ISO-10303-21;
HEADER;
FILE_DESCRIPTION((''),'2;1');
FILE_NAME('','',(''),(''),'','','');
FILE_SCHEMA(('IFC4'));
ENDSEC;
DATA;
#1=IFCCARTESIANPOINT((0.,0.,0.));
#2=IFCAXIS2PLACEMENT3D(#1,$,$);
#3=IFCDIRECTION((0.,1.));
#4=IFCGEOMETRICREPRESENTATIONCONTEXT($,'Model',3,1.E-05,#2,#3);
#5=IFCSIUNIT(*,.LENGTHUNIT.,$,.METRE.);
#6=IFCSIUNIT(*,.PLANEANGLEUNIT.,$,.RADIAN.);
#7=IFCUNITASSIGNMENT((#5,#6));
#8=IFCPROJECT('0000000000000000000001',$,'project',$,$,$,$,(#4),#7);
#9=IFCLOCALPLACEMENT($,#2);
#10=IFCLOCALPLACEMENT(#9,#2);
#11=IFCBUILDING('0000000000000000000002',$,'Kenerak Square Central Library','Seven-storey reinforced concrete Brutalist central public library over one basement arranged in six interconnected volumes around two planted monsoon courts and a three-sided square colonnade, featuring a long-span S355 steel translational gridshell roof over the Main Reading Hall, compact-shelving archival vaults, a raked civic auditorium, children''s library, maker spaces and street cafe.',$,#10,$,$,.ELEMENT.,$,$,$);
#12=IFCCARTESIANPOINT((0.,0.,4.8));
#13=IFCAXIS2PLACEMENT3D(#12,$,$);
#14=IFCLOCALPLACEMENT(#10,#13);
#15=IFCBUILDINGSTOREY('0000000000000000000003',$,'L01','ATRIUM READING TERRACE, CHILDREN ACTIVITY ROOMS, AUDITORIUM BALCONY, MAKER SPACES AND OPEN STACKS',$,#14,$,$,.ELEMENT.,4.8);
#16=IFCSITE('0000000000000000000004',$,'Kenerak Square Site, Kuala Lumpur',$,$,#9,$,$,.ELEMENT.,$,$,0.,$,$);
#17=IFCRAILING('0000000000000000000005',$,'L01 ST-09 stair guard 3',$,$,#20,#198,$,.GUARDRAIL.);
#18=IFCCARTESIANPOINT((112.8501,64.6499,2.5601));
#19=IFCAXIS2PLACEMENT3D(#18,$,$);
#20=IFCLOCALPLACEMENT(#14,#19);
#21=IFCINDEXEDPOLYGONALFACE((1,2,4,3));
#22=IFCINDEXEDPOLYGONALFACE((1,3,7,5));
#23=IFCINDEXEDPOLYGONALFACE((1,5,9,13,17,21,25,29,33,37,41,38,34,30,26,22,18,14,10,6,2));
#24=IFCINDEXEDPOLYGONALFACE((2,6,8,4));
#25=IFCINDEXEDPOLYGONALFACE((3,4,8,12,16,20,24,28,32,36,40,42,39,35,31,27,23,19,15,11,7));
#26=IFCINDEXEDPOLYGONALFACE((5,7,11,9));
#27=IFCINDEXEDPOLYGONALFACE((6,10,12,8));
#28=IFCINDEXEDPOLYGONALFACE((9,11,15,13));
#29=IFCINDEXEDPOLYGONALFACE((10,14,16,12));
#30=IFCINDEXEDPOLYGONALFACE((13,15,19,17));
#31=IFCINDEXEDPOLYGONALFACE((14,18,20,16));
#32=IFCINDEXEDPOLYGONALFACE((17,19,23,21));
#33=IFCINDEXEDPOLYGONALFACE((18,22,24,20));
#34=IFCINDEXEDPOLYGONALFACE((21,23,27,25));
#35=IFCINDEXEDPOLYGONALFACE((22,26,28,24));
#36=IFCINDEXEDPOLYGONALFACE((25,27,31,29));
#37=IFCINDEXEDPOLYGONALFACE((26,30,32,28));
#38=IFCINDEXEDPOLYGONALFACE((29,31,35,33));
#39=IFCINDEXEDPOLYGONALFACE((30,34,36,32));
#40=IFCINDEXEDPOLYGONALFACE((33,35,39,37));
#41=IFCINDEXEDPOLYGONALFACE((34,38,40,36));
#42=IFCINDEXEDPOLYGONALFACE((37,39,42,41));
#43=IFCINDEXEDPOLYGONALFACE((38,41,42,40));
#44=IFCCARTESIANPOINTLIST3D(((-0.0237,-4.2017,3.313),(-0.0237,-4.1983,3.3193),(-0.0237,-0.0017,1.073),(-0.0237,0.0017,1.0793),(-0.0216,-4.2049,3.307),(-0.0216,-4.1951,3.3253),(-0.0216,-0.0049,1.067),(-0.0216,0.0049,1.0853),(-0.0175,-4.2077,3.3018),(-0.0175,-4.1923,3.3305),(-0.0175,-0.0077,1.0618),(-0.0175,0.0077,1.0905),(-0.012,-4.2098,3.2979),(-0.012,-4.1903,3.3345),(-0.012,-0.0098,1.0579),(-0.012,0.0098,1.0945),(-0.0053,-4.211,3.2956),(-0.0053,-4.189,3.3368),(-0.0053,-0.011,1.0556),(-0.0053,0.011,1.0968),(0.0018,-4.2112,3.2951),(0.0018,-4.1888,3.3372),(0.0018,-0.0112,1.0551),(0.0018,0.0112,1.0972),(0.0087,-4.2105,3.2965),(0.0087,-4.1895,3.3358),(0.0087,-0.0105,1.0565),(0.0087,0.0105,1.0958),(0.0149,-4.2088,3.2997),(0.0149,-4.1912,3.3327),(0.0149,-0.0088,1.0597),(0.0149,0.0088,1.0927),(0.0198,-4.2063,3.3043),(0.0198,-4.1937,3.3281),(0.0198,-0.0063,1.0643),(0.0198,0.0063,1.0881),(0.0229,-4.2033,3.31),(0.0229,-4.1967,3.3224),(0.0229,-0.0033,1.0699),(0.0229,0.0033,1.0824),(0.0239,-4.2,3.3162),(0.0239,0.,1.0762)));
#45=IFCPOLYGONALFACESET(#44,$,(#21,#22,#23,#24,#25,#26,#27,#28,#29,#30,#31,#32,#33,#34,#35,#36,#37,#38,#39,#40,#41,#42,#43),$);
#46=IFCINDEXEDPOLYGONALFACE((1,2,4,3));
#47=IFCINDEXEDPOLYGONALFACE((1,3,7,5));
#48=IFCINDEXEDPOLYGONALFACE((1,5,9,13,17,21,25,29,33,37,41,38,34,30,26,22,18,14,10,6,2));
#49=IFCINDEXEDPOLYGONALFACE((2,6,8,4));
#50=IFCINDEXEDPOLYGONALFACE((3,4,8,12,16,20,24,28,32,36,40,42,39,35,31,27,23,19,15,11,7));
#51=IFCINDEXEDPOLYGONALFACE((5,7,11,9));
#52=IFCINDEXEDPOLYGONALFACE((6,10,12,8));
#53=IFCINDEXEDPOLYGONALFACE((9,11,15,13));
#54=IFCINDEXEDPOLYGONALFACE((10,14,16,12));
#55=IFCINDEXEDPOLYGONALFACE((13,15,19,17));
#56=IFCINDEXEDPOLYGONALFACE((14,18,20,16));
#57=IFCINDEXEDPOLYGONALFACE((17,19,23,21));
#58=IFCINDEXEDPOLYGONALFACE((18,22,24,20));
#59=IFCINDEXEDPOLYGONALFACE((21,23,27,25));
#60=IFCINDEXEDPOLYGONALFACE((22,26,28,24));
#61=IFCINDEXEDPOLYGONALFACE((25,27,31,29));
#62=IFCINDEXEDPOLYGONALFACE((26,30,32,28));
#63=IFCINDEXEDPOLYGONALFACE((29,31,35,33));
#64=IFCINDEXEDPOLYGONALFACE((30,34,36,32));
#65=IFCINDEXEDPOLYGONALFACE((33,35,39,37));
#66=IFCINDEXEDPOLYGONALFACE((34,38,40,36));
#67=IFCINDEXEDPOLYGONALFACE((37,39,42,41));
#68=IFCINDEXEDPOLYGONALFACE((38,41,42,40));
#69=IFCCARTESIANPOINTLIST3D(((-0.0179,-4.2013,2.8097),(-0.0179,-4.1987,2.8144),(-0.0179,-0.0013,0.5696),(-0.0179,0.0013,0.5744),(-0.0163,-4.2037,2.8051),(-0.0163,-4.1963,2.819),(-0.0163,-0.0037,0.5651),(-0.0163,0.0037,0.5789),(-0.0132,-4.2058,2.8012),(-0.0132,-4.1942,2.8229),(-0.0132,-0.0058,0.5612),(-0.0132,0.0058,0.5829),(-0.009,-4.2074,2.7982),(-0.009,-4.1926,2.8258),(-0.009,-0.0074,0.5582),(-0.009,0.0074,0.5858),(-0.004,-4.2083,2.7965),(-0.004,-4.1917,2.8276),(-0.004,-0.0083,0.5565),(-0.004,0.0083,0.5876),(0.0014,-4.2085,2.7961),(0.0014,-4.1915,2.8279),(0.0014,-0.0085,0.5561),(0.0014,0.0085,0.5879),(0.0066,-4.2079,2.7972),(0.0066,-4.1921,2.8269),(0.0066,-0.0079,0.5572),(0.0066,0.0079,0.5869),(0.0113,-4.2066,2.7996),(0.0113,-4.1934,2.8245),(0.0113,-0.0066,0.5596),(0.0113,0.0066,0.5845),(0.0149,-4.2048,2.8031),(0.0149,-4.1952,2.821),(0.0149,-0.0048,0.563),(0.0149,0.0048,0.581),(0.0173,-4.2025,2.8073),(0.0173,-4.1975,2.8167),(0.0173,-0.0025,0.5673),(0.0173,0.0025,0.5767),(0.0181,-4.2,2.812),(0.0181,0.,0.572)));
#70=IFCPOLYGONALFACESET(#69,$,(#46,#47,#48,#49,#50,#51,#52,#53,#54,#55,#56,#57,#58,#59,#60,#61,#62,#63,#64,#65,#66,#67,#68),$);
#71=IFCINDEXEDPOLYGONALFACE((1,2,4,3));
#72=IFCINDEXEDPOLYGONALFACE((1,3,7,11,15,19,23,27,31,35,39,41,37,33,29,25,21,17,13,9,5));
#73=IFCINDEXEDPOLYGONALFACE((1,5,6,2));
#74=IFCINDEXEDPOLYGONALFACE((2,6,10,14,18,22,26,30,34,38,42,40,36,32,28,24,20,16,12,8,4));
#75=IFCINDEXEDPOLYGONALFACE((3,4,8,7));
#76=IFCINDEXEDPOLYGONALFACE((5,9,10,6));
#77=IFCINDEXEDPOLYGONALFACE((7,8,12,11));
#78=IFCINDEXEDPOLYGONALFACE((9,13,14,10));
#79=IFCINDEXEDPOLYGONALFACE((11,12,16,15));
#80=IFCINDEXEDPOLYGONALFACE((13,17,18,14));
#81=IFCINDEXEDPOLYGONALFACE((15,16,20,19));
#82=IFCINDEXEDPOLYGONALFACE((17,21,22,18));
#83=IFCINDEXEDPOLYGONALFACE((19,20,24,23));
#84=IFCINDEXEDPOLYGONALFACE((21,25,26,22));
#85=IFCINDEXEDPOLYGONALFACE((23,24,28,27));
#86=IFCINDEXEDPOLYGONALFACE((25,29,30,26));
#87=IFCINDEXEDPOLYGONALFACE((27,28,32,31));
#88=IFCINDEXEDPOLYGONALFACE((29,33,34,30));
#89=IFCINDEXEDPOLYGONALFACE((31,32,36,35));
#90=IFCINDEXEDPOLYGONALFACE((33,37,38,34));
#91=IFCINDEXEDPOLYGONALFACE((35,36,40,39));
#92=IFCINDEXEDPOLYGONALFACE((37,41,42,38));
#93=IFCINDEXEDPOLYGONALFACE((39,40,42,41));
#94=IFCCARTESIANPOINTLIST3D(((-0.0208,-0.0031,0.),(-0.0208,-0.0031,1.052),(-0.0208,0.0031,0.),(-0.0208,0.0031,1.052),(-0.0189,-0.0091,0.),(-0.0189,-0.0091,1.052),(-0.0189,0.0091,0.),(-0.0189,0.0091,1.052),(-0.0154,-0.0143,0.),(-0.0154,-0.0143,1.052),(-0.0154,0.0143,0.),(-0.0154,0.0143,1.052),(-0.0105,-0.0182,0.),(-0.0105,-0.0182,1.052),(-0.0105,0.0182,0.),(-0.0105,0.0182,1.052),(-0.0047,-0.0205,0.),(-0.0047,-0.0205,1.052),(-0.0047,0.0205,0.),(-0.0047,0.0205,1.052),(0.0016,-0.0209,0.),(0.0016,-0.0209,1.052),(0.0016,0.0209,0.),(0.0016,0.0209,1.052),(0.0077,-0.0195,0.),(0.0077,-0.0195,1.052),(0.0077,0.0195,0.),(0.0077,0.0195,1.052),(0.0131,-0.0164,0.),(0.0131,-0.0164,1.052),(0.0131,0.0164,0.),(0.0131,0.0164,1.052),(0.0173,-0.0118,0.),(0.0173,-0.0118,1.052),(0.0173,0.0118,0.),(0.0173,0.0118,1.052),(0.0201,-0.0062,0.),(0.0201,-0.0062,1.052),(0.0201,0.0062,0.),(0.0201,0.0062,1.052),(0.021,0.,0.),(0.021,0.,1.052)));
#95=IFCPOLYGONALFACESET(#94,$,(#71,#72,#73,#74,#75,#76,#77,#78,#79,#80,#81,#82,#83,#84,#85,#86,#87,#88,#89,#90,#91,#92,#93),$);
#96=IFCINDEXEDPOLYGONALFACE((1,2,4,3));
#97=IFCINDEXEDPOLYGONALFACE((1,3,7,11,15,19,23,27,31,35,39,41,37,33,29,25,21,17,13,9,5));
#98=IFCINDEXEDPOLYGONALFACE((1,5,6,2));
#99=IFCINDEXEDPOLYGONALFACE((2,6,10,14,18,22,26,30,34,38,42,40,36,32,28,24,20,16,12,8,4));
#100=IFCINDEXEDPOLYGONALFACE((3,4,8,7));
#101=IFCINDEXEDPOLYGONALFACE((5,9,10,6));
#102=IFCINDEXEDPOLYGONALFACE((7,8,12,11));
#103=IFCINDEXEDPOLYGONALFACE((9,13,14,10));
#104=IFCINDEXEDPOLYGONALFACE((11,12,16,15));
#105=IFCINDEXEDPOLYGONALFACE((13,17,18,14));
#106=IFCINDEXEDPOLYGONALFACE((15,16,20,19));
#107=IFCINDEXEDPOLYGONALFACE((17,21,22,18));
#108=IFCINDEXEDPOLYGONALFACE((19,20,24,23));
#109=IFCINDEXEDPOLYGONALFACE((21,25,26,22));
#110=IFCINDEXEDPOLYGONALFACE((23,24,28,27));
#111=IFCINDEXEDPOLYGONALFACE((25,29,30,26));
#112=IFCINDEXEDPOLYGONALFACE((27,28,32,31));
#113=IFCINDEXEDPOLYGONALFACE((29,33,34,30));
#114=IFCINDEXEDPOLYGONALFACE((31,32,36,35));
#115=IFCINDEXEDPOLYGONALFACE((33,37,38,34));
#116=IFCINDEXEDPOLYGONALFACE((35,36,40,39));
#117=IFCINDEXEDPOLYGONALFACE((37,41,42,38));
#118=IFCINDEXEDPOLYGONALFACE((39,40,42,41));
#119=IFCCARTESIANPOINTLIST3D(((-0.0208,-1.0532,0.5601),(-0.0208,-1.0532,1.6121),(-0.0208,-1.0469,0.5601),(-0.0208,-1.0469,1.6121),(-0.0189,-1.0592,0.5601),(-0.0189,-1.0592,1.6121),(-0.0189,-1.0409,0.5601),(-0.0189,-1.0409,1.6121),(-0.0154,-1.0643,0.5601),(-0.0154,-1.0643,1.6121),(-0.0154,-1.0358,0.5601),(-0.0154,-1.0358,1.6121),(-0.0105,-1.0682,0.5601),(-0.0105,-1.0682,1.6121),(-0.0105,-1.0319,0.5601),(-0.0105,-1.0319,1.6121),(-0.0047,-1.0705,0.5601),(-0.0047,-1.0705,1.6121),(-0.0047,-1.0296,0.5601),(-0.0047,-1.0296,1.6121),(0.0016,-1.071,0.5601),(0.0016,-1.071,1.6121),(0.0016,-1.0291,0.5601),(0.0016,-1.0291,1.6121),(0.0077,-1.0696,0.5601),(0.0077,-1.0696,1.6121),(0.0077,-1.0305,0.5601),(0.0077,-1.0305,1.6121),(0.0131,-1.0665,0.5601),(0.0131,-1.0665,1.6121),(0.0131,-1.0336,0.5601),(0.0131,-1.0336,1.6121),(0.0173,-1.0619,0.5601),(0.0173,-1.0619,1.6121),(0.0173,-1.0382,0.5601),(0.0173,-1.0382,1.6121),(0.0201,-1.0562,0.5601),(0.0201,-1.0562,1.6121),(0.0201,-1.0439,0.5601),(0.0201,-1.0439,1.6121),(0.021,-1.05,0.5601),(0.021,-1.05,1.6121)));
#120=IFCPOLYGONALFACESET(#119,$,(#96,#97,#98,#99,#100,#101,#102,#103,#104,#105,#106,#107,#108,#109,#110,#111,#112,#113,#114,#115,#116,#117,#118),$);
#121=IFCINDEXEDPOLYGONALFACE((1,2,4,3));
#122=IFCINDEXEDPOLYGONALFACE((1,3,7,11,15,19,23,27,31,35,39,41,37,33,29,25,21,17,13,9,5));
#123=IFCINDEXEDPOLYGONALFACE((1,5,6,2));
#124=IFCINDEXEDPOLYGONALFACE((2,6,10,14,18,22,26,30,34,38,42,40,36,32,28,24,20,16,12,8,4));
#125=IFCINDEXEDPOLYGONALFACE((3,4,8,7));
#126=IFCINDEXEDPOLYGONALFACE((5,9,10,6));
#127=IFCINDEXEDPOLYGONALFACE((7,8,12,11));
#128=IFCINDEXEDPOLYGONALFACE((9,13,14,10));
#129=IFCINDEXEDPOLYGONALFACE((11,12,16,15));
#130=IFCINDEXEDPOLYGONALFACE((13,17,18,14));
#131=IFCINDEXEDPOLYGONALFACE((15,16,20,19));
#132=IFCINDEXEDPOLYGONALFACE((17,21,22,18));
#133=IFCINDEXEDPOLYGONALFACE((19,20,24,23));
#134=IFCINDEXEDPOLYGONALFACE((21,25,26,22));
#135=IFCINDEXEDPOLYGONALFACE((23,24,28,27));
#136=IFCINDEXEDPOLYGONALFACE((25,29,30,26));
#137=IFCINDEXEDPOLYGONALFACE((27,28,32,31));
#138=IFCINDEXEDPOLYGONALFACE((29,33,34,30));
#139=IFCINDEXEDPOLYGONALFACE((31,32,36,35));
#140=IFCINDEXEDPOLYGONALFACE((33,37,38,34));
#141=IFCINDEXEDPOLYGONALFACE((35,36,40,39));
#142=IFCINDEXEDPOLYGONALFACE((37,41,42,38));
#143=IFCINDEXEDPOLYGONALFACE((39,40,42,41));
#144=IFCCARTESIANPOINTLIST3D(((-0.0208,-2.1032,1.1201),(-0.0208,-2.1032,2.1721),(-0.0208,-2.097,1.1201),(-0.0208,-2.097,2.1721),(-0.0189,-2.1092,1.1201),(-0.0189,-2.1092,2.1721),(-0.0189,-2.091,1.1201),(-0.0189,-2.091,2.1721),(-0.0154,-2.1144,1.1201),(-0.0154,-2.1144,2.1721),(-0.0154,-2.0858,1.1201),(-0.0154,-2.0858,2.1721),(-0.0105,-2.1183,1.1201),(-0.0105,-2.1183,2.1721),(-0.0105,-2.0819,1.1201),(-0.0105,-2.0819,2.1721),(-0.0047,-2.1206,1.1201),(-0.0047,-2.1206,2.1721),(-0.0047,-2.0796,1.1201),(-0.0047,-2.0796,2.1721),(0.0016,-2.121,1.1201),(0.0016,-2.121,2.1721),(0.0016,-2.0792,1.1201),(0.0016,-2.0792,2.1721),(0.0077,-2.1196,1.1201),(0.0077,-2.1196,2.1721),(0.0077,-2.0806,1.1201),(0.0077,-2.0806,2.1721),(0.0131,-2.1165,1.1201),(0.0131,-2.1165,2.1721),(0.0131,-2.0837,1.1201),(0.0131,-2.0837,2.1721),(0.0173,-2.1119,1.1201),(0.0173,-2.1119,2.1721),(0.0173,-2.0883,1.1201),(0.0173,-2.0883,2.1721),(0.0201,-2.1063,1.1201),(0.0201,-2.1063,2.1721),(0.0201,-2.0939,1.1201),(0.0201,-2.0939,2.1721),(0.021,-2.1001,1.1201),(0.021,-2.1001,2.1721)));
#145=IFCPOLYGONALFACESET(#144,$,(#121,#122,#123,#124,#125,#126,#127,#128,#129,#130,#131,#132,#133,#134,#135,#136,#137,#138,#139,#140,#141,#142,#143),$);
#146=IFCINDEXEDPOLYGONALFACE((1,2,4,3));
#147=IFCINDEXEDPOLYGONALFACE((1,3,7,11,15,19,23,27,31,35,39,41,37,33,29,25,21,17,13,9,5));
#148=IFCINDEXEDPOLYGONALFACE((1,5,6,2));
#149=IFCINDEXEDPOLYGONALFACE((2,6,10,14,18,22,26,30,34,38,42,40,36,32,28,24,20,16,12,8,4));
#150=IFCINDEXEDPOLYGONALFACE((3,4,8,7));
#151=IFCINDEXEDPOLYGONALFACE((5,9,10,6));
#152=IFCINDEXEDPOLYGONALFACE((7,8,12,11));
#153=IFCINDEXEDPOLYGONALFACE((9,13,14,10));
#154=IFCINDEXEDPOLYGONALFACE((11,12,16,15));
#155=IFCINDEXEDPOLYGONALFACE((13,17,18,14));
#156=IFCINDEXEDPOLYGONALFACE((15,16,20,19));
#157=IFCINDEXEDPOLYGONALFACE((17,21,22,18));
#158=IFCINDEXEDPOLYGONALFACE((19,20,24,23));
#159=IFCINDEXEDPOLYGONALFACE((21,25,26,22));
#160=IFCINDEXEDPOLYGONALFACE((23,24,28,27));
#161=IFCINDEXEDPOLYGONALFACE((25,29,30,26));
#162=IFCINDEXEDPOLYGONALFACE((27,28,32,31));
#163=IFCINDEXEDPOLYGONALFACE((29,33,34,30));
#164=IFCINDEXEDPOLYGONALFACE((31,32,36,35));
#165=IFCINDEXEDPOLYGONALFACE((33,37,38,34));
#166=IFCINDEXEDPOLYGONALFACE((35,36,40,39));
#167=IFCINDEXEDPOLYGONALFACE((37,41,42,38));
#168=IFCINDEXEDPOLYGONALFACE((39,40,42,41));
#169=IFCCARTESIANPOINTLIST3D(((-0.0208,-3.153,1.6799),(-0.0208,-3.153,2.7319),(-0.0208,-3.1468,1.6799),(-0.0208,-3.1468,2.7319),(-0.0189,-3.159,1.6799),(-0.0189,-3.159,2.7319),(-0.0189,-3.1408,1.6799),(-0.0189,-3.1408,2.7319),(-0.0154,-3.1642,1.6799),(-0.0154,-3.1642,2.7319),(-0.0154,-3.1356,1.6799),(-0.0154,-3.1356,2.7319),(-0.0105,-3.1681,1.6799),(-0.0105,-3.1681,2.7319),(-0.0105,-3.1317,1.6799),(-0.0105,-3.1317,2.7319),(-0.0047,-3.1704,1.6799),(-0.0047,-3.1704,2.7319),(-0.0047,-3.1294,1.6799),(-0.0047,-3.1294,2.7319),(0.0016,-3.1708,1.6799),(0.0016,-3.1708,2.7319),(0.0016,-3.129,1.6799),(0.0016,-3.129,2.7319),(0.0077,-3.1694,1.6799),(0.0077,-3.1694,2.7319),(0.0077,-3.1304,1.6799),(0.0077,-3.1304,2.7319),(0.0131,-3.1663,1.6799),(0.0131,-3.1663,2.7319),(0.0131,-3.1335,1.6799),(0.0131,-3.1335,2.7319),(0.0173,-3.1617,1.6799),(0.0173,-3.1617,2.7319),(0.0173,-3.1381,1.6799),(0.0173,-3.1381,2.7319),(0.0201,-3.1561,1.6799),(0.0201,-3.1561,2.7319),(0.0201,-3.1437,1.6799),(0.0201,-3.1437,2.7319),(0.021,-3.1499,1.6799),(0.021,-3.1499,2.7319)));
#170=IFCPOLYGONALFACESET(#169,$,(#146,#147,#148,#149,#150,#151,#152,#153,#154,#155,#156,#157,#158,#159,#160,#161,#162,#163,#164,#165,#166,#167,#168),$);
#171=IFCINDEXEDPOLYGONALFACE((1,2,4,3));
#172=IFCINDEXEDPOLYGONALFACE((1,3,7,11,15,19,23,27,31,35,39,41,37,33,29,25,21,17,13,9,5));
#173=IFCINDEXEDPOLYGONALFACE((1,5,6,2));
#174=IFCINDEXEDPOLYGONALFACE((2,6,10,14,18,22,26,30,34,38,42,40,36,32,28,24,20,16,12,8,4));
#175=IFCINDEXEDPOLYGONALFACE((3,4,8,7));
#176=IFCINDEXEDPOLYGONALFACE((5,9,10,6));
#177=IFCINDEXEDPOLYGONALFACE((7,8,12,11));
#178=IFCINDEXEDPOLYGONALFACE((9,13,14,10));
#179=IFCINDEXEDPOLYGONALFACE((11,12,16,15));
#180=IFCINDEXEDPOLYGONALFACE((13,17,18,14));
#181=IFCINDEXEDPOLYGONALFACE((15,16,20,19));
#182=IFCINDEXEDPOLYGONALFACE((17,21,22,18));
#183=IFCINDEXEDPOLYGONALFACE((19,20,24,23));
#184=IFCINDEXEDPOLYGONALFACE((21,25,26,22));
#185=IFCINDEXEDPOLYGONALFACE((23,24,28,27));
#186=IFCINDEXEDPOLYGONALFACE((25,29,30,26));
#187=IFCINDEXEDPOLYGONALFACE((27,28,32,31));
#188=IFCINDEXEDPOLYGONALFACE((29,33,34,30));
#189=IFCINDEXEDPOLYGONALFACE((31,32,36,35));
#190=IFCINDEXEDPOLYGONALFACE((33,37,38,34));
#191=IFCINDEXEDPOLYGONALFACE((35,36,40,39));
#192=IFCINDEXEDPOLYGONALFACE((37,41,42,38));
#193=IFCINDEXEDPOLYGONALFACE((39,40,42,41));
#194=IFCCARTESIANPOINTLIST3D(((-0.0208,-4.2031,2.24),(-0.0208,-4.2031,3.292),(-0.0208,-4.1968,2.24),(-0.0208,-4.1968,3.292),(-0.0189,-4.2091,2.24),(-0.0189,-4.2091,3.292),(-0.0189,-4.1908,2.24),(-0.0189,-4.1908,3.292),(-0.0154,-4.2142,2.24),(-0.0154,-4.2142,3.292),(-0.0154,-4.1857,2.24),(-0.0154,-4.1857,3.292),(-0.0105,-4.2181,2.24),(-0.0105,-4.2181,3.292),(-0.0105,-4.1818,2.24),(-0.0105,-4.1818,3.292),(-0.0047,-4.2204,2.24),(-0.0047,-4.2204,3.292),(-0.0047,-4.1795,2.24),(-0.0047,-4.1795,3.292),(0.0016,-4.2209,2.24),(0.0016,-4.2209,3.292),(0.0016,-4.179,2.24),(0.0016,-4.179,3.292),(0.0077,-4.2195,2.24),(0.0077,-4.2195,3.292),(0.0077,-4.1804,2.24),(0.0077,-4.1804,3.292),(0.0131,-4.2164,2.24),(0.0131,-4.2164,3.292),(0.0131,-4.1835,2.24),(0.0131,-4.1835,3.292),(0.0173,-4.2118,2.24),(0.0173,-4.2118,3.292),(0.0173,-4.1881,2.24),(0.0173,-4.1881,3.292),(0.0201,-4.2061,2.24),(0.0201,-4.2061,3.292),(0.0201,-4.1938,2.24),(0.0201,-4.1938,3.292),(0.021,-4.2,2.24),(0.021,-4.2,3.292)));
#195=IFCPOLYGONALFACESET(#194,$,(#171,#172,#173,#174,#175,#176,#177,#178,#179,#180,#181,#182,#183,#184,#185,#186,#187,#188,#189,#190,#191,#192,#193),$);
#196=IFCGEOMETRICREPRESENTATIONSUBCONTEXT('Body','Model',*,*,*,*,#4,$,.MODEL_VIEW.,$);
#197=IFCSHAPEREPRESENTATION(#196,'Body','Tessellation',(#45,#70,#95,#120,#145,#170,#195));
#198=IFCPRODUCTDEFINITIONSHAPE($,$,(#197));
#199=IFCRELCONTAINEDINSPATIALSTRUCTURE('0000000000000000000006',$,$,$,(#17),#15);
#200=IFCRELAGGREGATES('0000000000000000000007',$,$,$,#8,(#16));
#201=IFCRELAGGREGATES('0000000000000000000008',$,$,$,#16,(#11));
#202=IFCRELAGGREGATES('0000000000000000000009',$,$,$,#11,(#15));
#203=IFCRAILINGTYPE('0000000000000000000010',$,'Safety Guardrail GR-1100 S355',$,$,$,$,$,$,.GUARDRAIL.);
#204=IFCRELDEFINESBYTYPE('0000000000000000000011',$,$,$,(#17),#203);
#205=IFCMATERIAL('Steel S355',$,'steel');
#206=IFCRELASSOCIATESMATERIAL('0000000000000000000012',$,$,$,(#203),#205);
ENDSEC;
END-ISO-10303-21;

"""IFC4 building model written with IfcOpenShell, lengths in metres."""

from ifc_helpers import new_model, si_unit, direction, frame, origin, origin_2d, place, context, subcontext, project, spatial, circle, extrude, material, type_object, element, save


model = new_model("IFC4")

# Units and contexts
model_context = context("Model", 3, precision=1e-05, world=origin(), true_north=direction((0.0, 1.0)))
body_context = subcontext(model_context, "Body", "Model", "MODEL_VIEW")
ifc_project = project(units=[si_unit("LENGTHUNIT", "METRE"), si_unit("PLANEANGLEUNIT", "RADIAN")], contexts=[model_context])

# Site, building, storey
site_placement = place(None, origin())
site = spatial("IfcSite", under=ifc_project, at=site_placement, Name="Kenerak Square Site, Kuala Lumpur", CompositionType="ELEMENT", RefElevation=0.0)
building_placement = place(site_placement, origin())
building = spatial("IfcBuilding", under=site, at=building_placement, Name="Kenerak Square Central Library", Description="Seven-storey reinforced concrete Brutalist central public library over one basement arranged in six interconnected volumes around two planted monsoon courts and a three-sided square colonnade, featuring a long-span S355 steel translational gridshell roof over the Main Reading Hall, compact-shelving archival vaults, a raked civic auditorium, children's library, maker spaces and street cafe.", CompositionType="ELEMENT")
storey_placement = place(building_placement, frame((0.0, 0.0, 4.8)))
storey = spatial("IfcBuildingStorey", under=building, at=storey_placement, Name="L01", Description="ATRIUM READING TERRACE, CHILDREN ACTIVITY ROOMS, AUDITORIUM BALCONY, MAKER SPACES AND OPEN STACKS", CompositionType="ELEMENT", Elevation=4.8)

# Railing
ifc_material_1 = material(Name="Steel S355", Category="steel")
railing_type_1 = type_object("IfcRailingType", Name="Safety Guardrail GR-1100 S355", PredefinedType="GUARDRAIL", material=ifc_material_1)
railing_1_placement = place(storey_placement, frame((112.8501, 64.6499, 2.5601)))
element("IfcRailing", 1, at=railing_1_placement, inside=storey, type_object=railing_type_1, Name="L01 ST-09 stair guard 3", PredefinedType="GUARDRAIL", context=body_context, shape_type="SweptSolid", body=[
    extrude(circle(Radius=0.0239, at=origin_2d()), frame((0.0, 0.0, 1.0762), z_axis=(0.0, -0.882352, 0.470591), x_axis=(1.0, 0.0, 0.0)), (0.0, 0.0, 1.0), 4.76),
    extrude(circle(Radius=0.0181, at=origin_2d()), frame((0.0, 0.0, 0.572), z_axis=(0.0, -0.882352, 0.470591), x_axis=(1.0, 0.0, 0.0)), (0.0, 0.0, 1.0), 4.76),
    extrude(circle(Radius=0.021, at=origin_2d()), origin(), (0.0, 0.0, 1.0), 1.052),
    extrude(circle(Radius=0.021, at=origin_2d()), frame((0.0, -1.05, 0.5601)), (0.0, 0.0, 1.0), 1.052),
    extrude(circle(Radius=0.021, at=origin_2d()), frame((0.0, -2.1001, 1.1201)), (0.0, 0.0, 1.0), 1.052),
    extrude(circle(Radius=0.021, at=origin_2d()), frame((0.0, -3.1499, 1.6799)), (0.0, 0.0, 1.0), 1.052),
    extrude(circle(Radius=0.021, at=origin_2d()), frame((0.0, -4.2, 2.24)), (0.0, 0.0, 1.0), 1.052),
])

save(model, "model.ifc")
